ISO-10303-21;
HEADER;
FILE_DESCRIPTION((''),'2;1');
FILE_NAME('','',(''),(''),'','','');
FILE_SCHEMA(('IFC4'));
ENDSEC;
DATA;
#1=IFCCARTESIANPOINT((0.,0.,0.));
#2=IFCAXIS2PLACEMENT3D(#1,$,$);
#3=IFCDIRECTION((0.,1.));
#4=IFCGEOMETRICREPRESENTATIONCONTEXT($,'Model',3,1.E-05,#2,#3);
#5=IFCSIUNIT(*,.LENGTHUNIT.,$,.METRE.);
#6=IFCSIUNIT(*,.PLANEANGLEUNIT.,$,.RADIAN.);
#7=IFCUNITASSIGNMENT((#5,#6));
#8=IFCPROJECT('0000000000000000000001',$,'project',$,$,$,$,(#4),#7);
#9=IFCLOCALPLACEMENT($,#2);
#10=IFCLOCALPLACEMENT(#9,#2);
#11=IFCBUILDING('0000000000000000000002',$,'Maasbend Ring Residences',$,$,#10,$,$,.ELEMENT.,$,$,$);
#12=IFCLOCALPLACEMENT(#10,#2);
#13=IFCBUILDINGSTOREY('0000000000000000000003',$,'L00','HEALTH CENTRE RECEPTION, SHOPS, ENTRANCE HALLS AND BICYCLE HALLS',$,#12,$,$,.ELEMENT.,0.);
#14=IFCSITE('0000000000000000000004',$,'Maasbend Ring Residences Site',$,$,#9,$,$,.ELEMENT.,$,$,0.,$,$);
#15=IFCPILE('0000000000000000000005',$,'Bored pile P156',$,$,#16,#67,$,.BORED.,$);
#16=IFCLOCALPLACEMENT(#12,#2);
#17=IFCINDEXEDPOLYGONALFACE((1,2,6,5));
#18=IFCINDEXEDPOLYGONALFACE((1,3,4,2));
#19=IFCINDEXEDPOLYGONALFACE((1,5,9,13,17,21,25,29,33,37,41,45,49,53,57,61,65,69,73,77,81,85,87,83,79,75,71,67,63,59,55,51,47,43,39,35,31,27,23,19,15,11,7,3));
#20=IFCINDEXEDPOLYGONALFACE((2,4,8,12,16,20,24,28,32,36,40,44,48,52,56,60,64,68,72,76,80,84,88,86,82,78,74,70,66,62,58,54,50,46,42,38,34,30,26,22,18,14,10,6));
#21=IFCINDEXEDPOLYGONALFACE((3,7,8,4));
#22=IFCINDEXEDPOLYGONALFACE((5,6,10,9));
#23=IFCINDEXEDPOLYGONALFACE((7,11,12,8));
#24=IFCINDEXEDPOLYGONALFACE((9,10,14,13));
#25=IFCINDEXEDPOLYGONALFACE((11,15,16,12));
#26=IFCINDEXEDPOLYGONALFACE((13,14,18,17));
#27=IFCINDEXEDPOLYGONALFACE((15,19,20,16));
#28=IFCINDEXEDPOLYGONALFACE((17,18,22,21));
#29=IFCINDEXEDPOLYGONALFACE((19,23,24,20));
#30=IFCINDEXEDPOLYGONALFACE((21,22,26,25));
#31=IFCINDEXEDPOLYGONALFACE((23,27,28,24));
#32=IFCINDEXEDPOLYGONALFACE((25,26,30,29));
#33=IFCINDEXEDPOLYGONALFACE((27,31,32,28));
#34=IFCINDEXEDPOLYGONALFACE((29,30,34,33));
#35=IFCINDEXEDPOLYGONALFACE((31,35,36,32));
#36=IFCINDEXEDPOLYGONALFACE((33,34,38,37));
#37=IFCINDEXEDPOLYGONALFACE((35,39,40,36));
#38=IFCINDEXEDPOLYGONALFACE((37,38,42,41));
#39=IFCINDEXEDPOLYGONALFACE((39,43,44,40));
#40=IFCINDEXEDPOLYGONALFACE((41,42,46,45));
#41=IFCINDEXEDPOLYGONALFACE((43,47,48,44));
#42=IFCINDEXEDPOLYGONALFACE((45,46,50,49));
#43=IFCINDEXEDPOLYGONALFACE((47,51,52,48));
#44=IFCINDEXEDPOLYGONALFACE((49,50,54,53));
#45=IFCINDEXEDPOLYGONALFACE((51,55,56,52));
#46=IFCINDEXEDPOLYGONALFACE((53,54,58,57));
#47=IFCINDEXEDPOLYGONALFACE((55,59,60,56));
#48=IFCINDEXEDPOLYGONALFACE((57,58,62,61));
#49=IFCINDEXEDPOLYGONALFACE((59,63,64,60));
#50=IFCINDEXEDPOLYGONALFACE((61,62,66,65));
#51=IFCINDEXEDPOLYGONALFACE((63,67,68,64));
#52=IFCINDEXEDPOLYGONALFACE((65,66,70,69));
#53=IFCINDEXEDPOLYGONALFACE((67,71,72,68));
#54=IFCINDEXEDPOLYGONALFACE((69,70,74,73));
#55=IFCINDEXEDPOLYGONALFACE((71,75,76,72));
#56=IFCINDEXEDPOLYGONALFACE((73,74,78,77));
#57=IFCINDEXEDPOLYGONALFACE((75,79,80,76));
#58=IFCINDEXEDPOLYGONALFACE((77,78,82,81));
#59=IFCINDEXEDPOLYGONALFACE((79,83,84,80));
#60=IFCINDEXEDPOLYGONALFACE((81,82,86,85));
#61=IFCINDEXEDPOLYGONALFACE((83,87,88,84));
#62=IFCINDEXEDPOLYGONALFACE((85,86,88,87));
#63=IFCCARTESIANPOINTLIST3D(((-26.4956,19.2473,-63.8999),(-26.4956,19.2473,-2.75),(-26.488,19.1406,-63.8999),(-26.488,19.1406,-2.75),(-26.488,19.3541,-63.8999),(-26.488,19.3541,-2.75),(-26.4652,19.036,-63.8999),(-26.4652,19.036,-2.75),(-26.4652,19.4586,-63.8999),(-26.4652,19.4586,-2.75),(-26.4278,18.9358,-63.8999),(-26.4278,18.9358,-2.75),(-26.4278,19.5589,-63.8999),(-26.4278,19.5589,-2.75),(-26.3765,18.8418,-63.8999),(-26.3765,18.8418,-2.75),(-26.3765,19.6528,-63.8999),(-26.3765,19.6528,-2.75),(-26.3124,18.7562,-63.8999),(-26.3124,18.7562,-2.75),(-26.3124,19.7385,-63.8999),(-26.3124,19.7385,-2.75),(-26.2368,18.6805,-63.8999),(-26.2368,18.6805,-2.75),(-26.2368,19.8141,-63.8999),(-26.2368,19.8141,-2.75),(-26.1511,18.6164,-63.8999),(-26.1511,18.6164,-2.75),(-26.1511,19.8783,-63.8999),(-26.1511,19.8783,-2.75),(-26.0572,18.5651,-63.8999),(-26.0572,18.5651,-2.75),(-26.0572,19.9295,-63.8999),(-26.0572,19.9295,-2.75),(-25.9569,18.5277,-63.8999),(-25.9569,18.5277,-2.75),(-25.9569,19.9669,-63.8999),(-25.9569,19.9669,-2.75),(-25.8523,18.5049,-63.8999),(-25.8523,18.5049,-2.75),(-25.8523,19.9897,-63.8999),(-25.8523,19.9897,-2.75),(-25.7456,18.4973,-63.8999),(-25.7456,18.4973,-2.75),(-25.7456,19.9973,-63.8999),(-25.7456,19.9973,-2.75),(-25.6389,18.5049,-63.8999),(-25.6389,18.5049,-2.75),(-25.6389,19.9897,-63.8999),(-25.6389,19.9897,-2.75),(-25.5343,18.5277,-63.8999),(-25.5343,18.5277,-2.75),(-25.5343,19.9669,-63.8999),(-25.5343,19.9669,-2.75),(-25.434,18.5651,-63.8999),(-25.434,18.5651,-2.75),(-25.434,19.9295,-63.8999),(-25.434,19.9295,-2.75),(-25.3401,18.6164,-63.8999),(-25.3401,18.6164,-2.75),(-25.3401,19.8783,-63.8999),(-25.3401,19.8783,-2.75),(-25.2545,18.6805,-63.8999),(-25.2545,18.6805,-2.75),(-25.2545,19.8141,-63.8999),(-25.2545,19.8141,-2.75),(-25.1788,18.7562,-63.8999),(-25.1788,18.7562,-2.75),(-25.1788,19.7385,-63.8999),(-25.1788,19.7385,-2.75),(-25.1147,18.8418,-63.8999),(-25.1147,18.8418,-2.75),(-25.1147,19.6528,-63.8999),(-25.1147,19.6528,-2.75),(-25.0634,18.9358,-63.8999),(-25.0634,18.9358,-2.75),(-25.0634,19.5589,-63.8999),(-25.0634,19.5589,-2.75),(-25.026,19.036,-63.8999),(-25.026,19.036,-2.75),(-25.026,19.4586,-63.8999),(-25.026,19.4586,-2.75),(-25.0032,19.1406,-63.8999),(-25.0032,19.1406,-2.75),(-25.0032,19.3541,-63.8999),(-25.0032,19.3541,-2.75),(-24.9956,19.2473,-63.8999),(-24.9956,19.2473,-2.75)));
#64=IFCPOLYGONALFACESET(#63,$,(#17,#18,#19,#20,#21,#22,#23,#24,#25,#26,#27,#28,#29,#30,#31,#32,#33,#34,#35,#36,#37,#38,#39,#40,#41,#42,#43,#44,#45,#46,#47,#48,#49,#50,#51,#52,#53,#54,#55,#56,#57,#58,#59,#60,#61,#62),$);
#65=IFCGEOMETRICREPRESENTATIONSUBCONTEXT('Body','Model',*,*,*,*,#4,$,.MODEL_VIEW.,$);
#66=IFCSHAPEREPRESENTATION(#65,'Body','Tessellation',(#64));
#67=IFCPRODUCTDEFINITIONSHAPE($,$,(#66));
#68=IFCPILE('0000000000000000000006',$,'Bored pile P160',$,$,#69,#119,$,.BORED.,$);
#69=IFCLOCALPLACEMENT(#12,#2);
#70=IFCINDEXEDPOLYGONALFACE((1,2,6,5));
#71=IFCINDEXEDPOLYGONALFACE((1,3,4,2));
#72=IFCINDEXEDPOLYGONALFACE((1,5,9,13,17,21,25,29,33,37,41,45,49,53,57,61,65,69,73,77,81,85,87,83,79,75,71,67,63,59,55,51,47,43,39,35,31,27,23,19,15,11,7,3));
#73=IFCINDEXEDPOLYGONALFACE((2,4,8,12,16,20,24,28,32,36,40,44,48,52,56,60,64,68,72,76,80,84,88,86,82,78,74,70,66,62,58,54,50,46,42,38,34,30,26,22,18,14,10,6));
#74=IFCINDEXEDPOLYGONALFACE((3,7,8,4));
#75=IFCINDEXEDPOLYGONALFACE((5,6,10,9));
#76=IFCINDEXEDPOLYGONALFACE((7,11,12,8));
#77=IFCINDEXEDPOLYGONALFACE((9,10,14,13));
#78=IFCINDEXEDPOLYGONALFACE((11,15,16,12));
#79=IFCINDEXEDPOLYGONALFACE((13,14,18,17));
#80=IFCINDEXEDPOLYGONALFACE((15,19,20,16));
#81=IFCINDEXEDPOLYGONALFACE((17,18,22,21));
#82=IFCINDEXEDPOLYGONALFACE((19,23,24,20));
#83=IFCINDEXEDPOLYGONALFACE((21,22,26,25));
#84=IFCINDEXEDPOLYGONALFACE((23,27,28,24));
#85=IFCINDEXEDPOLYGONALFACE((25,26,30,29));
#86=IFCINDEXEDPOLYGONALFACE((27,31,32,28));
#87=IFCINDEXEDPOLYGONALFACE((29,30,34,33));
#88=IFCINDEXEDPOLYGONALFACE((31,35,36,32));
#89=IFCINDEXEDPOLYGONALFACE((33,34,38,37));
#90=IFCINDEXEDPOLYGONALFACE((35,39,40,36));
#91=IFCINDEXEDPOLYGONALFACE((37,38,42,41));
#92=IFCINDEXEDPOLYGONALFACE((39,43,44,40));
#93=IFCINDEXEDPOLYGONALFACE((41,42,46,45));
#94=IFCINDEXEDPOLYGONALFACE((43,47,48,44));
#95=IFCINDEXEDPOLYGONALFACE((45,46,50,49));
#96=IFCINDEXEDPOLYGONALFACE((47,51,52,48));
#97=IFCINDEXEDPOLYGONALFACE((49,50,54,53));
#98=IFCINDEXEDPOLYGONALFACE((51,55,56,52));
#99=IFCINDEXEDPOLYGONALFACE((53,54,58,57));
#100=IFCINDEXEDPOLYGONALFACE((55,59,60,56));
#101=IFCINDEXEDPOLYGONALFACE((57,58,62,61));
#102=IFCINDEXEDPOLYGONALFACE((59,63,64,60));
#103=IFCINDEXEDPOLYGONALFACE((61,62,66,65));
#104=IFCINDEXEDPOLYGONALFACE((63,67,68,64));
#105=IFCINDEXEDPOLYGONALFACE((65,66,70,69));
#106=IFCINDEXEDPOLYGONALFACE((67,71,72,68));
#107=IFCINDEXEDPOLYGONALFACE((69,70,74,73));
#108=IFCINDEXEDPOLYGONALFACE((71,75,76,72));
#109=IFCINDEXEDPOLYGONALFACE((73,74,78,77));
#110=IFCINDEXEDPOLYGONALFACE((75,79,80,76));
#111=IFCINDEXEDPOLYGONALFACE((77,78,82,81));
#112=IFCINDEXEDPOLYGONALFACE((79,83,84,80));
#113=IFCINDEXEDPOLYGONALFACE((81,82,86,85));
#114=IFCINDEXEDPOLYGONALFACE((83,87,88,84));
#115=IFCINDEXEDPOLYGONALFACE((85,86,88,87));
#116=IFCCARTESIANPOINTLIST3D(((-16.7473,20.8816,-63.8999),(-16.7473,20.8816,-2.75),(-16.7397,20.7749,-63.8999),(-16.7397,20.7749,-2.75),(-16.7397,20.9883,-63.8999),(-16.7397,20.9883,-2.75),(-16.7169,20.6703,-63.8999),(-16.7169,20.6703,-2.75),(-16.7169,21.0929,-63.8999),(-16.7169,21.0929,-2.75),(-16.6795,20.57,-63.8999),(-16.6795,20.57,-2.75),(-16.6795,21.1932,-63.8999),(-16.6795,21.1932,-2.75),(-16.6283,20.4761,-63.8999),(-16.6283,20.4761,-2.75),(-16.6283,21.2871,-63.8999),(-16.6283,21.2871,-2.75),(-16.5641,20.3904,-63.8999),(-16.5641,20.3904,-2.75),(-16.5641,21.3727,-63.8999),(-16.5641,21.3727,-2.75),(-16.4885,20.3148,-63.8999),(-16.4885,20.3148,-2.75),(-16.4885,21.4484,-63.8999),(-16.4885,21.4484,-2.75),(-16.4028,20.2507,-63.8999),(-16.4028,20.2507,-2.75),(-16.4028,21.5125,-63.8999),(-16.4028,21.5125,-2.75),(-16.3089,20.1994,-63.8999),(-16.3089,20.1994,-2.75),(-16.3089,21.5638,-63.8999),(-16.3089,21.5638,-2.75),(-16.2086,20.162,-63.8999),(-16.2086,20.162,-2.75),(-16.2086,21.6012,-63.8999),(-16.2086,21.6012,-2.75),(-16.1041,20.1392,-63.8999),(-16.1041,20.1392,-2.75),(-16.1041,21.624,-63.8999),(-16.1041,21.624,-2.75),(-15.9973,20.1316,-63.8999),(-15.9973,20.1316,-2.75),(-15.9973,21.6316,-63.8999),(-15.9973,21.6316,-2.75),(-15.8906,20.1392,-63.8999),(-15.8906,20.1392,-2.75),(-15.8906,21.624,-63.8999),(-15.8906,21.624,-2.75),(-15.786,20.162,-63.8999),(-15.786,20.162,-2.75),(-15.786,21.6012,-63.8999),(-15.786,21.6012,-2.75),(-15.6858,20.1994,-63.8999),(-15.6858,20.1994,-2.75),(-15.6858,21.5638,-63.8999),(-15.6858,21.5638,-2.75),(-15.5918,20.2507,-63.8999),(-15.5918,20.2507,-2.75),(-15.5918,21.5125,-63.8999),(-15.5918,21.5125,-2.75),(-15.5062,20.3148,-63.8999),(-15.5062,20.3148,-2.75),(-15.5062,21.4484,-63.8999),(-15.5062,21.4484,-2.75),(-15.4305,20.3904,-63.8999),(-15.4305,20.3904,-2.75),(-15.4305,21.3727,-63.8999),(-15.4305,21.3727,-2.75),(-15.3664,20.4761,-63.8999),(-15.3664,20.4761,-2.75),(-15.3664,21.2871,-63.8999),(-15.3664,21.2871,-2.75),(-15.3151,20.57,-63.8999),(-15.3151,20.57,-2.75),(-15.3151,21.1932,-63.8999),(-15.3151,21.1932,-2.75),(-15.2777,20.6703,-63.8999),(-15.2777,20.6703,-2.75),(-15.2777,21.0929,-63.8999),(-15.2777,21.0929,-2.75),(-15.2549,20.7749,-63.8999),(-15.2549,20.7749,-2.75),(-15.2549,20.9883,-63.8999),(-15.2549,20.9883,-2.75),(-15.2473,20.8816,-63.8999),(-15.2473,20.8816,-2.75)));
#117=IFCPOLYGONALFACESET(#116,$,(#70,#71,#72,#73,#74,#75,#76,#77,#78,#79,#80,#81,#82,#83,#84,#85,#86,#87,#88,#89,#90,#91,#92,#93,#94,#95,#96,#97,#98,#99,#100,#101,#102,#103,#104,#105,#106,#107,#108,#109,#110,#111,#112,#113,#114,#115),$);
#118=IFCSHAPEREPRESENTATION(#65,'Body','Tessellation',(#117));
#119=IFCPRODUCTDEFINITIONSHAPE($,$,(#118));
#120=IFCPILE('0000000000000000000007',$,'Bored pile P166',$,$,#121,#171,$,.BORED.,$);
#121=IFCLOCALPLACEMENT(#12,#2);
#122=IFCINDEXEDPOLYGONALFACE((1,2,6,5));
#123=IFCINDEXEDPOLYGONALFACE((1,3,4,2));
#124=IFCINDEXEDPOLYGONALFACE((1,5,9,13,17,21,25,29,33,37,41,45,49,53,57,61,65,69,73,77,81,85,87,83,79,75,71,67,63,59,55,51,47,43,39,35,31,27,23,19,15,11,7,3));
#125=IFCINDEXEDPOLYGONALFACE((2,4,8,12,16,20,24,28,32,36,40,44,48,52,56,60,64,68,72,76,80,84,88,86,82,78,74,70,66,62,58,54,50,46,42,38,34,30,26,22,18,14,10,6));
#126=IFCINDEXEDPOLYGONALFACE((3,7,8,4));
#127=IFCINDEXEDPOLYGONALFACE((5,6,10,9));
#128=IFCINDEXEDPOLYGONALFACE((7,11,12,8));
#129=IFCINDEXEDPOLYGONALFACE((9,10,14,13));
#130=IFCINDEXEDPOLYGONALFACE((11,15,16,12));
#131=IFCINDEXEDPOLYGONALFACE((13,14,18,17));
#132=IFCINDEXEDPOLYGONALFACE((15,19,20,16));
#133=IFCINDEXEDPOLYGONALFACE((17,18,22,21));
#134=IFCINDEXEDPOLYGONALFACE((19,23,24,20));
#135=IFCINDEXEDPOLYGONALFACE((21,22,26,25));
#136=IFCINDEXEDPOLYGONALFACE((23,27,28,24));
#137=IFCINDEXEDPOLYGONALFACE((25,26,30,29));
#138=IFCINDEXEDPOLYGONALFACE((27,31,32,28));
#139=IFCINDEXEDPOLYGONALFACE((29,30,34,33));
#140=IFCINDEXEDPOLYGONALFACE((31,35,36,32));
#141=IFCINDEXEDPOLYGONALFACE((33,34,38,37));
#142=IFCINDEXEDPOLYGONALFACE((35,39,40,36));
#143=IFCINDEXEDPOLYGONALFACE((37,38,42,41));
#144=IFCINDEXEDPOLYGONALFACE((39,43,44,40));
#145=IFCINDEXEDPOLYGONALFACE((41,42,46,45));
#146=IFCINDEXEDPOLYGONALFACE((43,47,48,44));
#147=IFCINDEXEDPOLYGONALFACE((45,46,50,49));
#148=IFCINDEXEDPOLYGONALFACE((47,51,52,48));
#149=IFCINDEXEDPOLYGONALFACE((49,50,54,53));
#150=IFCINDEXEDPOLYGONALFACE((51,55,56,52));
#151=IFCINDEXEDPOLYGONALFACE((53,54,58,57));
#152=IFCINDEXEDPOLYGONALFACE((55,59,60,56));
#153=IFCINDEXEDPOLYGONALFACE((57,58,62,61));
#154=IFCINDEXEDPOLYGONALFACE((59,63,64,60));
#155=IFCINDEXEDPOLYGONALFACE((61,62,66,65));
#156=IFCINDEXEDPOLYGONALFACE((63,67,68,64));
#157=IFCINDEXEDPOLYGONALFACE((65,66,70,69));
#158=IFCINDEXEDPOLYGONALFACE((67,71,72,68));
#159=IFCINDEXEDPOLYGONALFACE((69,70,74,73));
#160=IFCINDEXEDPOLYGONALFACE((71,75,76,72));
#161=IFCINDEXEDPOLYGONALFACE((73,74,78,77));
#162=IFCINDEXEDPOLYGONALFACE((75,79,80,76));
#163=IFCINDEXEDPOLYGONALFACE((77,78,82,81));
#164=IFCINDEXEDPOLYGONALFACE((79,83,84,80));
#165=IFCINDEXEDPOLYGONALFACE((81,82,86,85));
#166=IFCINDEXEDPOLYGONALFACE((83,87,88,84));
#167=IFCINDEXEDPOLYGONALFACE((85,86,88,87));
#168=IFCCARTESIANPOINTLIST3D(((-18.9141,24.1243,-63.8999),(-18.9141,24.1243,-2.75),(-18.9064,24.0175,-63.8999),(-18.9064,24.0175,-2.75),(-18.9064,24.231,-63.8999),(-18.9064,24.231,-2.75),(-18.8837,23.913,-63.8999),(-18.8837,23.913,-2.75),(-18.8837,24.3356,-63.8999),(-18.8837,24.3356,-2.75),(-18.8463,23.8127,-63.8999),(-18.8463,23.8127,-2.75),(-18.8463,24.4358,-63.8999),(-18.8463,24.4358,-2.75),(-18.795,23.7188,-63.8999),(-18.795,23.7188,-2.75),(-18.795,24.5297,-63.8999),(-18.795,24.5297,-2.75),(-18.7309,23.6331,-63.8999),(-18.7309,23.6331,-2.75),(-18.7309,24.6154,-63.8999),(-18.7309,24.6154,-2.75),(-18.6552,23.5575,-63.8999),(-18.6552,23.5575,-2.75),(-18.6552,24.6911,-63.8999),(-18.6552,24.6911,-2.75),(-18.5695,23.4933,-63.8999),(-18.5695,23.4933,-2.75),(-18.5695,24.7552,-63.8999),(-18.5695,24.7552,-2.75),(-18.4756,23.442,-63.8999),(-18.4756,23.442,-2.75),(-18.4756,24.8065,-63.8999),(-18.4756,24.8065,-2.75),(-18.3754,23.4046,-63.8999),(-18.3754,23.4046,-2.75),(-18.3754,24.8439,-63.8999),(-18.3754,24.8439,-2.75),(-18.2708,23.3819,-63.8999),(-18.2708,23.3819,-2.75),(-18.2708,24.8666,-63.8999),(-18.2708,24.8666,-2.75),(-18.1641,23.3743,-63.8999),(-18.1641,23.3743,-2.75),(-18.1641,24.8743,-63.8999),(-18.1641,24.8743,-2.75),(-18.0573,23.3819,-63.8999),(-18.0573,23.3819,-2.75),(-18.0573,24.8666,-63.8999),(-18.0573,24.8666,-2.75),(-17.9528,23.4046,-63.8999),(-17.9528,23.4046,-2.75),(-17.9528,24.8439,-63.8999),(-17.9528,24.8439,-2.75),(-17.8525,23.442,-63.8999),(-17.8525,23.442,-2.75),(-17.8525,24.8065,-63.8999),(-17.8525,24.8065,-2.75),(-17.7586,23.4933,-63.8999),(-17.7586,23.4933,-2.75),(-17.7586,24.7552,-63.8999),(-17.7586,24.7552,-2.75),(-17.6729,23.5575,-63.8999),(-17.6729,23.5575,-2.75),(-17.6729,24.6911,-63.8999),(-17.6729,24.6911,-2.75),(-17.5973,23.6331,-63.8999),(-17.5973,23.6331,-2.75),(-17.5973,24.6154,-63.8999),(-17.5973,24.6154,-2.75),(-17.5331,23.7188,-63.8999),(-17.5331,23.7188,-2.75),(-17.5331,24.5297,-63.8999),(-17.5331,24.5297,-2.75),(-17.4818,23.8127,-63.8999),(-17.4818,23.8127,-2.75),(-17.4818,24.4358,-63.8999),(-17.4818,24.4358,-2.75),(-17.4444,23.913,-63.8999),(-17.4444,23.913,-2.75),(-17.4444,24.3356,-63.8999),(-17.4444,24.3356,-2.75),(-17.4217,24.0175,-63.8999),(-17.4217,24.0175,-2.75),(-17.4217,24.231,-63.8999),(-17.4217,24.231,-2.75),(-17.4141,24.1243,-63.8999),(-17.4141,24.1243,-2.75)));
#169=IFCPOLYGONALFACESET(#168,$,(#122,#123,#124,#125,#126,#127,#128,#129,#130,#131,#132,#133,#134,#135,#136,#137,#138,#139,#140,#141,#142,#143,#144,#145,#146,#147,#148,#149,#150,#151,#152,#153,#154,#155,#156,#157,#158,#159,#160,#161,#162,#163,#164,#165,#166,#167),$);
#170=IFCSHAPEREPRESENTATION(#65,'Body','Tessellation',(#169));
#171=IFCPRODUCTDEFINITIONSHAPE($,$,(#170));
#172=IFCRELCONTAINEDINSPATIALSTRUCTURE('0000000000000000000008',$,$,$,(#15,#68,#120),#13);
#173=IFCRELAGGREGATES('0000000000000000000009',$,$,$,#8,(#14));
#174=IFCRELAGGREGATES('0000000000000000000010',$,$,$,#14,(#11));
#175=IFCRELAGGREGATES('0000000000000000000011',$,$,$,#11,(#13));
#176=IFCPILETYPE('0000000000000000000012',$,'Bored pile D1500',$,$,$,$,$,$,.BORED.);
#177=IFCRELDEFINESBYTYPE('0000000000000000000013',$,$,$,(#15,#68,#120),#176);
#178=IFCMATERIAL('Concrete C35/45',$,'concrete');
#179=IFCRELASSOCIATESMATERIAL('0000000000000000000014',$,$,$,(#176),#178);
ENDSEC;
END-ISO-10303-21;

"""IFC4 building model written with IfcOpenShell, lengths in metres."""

from ifc_helpers import new_model, si_unit, direction, frame, origin, origin_2d, place, context, subcontext, project, spatial, circle, extrude, material, material_profile, profile_set, type_object, element, save


model = new_model("IFC4")

# Units and contexts
model_context = context("Model", 3, precision=1e-05, world=origin(), true_north=direction((0.0, 1.0)))
body_context = subcontext(model_context, "Body", "Model", "MODEL_VIEW")
ifc_project = project(units=[si_unit("LENGTHUNIT", "METRE"), si_unit("PLANEANGLEUNIT", "RADIAN")], contexts=[model_context])

# Site, building, storey
site_placement = place(None, origin())
site = spatial("IfcSite", under=ifc_project, at=site_placement, Name="Maasbend Ring Residences Site", CompositionType="ELEMENT", RefElevation=0.0)
building_placement = place(site_placement, origin())
building = spatial("IfcBuilding", under=site, at=building_placement, Name="Maasbend Ring Residences", CompositionType="ELEMENT")
storey_placement = place(building_placement, origin())
storey = spatial("IfcBuildingStorey", under=building, at=storey_placement, Name="L00", Description="HEALTH CENTRE RECEPTION, SHOPS, ENTRANCE HALLS AND BICYCLE HALLS", CompositionType="ELEMENT", Elevation=0.0)

# Piles
ifc_material_1 = material(Name="Concrete C35/45", Category="concrete")
ifc_material_profile_1 = material_profile(ifc_material_1, circle(Radius=0.75, at=origin_2d()), Name="Bored pile D1500")
ifc_profile_set_1 = profile_set([ifc_material_profile_1], Name="Concrete C35/45")
pile_type = type_object("IfcPileType", Name="Bored pile D1500", PredefinedType="BORED", material=ifc_profile_set_1)
for number, where, z_axis, x_axis, name in (
    (1, (-25.7456, 19.2473, -2.75), (0.0, 0.0, -1.0), (1.0, 0.0, 0.0), "Bored pile P156"),
    (2, (-15.9973, 20.8816, -2.75), (0.0, 0.0, -1.0), (1.0, 0.0, 0.0), "Bored pile P160"),
    (3, (-18.1641, 24.1243, -2.75), (0.0, 0.0, -1.0), (1.0, 0.0, 0.0), "Bored pile P166"),
):
    element("IfcPile", number, at=place(storey_placement, frame(where, z_axis=z_axis, x_axis=x_axis)), inside=storey, type_object=pile_type, Name=name, PredefinedType="BORED", context=body_context, shape_type="SweptSolid", body=[
        extrude(circle(Radius=0.75, at=origin_2d()), origin(), (0.0, 0.0, 1.0), 61.1499),
    ])

save(model, "model.ifc")
